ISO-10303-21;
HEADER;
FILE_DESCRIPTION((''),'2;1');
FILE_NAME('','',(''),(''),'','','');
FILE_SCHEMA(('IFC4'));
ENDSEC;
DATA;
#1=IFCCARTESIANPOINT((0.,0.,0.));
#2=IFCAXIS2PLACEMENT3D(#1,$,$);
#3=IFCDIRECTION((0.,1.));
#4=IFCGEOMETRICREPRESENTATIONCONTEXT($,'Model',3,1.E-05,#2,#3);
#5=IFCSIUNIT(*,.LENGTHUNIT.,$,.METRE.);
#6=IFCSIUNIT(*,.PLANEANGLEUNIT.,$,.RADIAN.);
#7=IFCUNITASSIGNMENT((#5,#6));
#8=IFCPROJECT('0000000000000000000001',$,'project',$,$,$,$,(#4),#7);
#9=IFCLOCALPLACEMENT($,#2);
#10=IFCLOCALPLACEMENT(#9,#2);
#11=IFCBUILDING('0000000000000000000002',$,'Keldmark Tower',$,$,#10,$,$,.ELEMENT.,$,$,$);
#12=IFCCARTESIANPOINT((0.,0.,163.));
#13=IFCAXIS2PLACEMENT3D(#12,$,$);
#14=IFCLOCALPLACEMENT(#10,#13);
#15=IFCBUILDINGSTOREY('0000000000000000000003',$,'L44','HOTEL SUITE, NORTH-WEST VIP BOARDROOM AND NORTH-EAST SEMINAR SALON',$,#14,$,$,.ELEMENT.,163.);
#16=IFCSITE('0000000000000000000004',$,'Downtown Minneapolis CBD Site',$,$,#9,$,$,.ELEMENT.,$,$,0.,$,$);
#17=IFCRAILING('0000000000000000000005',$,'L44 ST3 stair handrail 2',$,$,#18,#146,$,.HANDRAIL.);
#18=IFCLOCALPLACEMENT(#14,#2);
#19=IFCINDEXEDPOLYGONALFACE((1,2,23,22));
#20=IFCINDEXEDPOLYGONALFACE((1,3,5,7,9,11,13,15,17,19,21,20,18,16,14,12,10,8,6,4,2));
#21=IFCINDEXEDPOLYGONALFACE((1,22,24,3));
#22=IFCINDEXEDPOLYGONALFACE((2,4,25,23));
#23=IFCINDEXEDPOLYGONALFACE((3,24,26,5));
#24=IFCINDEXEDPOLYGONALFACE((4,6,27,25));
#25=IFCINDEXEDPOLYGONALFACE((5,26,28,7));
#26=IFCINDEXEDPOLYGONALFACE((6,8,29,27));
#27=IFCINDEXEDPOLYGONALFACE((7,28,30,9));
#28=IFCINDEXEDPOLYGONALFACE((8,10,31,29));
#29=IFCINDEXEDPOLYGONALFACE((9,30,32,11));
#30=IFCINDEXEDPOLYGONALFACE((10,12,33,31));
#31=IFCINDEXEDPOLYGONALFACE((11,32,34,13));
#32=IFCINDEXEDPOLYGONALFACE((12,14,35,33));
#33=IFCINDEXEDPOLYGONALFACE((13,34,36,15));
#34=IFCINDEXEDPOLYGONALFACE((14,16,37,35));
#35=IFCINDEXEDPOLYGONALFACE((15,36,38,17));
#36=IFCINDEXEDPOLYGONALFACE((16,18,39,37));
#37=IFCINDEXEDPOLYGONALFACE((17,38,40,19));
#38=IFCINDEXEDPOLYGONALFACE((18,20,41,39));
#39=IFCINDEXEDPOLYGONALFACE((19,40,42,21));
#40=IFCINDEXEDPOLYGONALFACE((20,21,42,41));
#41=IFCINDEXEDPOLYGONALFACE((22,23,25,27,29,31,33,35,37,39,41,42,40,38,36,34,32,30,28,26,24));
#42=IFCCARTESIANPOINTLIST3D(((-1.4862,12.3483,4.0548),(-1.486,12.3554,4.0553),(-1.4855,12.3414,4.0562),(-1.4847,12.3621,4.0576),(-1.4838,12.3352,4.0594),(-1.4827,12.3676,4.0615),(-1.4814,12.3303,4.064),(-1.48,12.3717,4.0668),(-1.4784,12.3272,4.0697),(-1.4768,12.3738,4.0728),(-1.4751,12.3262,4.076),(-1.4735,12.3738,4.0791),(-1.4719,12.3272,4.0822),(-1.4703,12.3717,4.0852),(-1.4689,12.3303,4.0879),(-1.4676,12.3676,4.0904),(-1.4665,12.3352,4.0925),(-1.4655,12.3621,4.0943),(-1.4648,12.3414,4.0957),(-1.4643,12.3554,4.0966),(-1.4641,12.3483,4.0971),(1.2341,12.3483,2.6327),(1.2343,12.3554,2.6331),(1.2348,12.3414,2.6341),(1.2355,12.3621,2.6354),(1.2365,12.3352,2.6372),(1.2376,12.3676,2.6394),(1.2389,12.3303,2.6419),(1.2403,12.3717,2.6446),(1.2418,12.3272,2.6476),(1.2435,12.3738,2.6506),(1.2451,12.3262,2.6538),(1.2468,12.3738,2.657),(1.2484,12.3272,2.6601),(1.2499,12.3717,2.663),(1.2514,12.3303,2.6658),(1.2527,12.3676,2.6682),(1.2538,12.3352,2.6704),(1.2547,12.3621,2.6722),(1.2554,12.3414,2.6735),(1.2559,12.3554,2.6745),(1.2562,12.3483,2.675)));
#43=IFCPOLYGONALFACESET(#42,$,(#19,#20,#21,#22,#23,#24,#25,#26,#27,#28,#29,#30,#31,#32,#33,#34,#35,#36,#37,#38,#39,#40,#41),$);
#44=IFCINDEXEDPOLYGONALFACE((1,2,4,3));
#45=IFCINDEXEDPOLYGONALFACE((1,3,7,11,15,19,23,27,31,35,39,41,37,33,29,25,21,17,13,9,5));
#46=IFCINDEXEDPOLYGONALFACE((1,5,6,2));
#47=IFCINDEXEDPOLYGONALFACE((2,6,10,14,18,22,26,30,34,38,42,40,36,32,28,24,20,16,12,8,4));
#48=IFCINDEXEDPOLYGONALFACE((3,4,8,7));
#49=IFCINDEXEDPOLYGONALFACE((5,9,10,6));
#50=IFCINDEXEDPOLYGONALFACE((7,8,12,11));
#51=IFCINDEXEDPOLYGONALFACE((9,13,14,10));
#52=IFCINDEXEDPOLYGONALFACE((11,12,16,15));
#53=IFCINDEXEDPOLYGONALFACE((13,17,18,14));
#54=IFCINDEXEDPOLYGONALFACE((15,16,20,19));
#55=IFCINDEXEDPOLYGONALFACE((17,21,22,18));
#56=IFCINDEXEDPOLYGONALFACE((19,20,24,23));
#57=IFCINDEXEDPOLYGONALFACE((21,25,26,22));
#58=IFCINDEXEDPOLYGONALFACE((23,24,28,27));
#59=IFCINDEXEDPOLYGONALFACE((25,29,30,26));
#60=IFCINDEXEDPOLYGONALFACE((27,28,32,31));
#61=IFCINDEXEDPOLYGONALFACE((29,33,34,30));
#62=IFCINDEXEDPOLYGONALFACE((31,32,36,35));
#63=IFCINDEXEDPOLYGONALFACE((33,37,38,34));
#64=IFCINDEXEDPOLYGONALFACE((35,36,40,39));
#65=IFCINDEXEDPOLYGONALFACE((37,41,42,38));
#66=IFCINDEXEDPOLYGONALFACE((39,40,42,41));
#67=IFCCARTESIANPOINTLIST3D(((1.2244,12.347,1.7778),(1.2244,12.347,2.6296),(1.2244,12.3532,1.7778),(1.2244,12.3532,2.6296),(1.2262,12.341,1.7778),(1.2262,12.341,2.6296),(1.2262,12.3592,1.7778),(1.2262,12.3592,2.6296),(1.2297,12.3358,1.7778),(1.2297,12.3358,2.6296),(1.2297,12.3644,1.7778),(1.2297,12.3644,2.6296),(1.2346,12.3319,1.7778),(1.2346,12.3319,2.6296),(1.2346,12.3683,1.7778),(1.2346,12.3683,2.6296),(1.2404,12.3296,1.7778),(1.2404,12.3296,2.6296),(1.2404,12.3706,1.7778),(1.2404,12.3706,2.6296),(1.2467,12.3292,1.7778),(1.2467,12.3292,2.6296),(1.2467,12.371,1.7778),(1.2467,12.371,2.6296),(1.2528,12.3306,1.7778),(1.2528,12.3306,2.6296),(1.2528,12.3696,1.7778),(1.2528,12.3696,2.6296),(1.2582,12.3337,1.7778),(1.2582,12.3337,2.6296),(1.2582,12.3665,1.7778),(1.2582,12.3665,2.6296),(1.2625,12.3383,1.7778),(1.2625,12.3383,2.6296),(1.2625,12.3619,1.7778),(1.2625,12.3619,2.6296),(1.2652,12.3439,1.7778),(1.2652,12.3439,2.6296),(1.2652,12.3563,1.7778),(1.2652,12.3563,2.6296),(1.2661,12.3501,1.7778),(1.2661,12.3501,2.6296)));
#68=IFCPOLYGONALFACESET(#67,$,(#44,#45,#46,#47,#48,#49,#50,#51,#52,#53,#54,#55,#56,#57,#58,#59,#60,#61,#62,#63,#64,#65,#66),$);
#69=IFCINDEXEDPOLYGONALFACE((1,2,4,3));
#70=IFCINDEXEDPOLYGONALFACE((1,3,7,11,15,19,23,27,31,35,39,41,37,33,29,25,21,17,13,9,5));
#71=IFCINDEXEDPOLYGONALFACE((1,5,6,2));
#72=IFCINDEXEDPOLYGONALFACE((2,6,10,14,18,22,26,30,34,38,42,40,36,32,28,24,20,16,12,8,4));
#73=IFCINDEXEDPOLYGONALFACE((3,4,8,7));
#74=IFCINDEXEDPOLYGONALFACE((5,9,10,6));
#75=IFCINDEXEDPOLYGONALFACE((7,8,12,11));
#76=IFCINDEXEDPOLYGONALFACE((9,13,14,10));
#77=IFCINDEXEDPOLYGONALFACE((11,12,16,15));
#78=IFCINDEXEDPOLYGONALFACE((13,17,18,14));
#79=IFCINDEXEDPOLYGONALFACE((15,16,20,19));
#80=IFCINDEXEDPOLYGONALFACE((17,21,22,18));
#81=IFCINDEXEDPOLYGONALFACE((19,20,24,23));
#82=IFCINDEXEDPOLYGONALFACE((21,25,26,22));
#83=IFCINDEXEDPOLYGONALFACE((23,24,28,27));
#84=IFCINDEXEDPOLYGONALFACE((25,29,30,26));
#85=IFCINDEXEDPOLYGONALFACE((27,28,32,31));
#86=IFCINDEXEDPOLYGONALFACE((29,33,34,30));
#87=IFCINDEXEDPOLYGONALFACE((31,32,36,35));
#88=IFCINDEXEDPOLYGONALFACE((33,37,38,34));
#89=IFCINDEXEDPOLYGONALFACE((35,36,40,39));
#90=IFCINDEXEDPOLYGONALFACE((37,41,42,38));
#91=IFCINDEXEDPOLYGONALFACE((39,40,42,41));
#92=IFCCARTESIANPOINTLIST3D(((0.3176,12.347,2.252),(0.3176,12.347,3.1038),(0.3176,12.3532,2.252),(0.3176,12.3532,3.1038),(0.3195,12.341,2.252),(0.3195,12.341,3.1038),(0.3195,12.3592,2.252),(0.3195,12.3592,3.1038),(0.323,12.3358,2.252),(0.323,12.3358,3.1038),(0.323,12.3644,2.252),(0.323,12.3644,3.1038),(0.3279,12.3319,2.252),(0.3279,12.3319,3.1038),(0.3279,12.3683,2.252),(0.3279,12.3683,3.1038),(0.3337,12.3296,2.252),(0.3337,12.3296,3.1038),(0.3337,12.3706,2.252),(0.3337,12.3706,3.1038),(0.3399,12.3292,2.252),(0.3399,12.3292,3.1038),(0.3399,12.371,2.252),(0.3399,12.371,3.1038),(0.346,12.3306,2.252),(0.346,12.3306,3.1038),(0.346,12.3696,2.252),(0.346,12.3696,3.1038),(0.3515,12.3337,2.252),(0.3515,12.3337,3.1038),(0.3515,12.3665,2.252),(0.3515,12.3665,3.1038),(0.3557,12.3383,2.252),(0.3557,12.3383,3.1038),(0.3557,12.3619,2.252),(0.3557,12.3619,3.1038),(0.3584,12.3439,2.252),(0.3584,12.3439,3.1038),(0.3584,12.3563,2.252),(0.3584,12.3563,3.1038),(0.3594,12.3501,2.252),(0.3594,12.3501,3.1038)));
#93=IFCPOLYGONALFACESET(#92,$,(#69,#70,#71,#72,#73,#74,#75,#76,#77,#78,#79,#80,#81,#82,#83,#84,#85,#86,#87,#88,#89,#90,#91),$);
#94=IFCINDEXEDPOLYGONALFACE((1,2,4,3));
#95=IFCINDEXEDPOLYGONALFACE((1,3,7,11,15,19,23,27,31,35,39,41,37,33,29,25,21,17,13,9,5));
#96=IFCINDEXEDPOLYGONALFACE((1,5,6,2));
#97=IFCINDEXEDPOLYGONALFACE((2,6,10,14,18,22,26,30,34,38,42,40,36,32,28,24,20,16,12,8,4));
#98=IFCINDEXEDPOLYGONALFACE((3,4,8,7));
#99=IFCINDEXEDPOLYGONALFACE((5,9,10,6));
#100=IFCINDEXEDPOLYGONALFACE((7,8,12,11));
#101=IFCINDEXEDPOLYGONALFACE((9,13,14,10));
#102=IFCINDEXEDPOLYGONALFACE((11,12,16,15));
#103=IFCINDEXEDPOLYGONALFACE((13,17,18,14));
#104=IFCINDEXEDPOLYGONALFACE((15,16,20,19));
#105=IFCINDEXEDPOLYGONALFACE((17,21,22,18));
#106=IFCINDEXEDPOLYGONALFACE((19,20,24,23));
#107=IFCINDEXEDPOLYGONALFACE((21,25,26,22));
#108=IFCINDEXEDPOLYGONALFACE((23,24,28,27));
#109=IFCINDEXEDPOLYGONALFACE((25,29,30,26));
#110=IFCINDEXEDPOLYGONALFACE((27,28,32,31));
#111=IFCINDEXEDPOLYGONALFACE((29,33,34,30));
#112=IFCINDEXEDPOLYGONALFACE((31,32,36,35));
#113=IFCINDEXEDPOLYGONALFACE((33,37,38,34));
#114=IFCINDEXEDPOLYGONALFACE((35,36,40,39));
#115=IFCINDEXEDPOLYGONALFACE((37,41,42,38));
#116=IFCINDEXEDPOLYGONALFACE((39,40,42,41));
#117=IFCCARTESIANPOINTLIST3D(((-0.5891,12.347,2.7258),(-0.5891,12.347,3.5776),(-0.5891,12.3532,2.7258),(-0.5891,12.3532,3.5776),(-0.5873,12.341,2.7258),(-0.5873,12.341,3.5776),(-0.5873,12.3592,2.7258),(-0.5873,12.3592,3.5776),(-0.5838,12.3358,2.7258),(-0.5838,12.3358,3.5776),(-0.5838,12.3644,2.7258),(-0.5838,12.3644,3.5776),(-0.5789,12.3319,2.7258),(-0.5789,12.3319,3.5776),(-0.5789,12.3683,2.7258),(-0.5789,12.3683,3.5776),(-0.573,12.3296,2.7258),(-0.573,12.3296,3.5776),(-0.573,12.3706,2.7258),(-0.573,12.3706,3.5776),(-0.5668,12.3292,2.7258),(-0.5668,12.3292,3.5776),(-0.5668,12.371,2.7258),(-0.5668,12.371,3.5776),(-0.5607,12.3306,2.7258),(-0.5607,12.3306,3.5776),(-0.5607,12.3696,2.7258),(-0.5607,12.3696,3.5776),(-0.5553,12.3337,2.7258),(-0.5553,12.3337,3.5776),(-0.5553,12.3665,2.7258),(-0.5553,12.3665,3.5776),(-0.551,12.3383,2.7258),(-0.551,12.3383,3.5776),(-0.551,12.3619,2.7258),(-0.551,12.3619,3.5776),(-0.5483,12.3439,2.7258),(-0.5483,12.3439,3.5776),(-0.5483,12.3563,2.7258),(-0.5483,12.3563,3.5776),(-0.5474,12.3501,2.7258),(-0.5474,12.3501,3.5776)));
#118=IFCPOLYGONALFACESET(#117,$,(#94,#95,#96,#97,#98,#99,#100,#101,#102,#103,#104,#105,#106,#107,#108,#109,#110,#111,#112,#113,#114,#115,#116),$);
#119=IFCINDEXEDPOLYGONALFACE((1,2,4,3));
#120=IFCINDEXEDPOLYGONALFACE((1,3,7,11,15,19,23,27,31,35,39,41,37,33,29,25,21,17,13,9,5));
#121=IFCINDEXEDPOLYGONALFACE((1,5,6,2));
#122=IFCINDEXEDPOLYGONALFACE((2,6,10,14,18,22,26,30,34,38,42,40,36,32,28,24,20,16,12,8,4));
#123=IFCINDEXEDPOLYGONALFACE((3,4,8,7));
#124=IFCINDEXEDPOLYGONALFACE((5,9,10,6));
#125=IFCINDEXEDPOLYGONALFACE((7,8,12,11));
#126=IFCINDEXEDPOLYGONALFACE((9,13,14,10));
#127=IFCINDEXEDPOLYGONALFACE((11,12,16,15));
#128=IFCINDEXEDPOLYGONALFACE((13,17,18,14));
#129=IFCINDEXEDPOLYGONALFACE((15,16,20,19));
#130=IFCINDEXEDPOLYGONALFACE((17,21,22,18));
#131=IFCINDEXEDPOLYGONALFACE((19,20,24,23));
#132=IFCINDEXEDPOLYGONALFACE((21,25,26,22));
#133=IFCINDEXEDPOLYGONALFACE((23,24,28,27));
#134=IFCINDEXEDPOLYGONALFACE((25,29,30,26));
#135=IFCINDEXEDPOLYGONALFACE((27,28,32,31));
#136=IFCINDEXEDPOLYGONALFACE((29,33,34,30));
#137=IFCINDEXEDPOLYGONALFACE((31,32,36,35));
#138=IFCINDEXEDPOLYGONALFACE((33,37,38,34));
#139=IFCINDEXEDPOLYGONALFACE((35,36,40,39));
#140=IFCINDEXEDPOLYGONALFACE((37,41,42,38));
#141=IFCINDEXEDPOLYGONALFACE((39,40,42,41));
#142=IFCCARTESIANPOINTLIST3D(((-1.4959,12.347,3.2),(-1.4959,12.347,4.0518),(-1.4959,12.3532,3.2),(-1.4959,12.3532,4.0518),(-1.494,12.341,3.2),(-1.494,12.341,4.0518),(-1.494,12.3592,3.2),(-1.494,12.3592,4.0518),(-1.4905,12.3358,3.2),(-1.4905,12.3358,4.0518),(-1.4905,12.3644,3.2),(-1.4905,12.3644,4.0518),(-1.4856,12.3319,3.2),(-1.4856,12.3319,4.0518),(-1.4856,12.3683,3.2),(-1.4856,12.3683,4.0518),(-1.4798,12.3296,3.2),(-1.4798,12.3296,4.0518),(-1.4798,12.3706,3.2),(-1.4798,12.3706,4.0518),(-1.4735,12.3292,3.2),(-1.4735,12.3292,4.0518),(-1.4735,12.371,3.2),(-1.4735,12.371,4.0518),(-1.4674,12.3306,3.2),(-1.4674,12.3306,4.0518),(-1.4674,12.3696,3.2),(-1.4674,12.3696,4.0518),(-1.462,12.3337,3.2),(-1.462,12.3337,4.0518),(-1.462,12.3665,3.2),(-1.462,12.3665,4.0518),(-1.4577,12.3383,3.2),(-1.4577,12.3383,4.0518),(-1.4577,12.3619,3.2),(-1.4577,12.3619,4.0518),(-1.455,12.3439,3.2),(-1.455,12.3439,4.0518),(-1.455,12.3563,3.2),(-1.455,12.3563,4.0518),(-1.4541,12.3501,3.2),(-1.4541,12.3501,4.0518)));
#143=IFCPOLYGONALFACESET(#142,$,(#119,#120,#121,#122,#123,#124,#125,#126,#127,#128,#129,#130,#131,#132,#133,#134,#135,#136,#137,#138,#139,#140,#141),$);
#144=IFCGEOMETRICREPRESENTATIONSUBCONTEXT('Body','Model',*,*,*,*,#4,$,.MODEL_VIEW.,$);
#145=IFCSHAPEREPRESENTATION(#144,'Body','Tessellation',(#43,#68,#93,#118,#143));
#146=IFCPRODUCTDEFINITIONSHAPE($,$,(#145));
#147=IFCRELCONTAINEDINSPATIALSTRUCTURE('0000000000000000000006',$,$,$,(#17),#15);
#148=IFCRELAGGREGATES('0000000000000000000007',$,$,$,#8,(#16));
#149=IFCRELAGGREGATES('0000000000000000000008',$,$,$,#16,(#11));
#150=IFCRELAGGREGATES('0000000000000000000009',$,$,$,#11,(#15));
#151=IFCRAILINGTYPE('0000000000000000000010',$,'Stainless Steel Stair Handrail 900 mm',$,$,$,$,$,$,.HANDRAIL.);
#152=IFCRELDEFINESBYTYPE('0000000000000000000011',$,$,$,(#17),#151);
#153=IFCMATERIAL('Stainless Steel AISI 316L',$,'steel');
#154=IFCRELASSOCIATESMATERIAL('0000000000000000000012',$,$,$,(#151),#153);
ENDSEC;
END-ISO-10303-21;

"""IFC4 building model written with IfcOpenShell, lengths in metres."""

from ifc_helpers import new_model, si_unit, direction, frame, origin, origin_2d, place, context, subcontext, project, spatial, circle, extrude, material, type_object, element, save


model = new_model("IFC4")

# Units and contexts
model_context = context("Model", 3, precision=1e-05, world=origin(), true_north=direction((0.0, 1.0)))
body_context = subcontext(model_context, "Body", "Model", "MODEL_VIEW")
ifc_project = project(units=[si_unit("LENGTHUNIT", "METRE"), si_unit("PLANEANGLEUNIT", "RADIAN")], contexts=[model_context])

# Site, building, storey
site_placement = place(None, origin())
site = spatial("IfcSite", under=ifc_project, at=site_placement, Name="Downtown Minneapolis CBD Site", CompositionType="ELEMENT", RefElevation=0.0)
building_placement = place(site_placement, origin())
building = spatial("IfcBuilding", under=site, at=building_placement, Name="Keldmark Tower", CompositionType="ELEMENT")
storey_placement = place(building_placement, frame((0.0, 0.0, 163.0)))
storey = spatial("IfcBuildingStorey", under=building, at=storey_placement, Name="L44", Description="HOTEL SUITE, NORTH-WEST VIP BOARDROOM AND NORTH-EAST SEMINAR SALON", CompositionType="ELEMENT", Elevation=163.0)

# Railing
ifc_material_1 = material(Name="Stainless Steel AISI 316L", Category="steel")
railing_type_1 = type_object("IfcRailingType", Name="Stainless Steel Stair Handrail 900 mm", PredefinedType="HANDRAIL", material=ifc_material_1)
railing_1_placement = place(storey_placement, frame((1.2451, 12.3501, 1.7778)))
element("IfcRailing", 1, at=railing_1_placement, inside=storey, type_object=railing_type_1, Name="L44 ST3 stair handrail 2", PredefinedType="HANDRAIL", context=body_context, shape_type="SweptSolid", body=[
    extrude(circle(Radius=0.0239, at=origin_2d()), frame((0.0, 0.0, 0.876), z_axis=(-0.8862, 0.0, 0.463302), x_axis=(0.0, -1.0, 0.0)), (0.0, 0.0, 1.0), 3.0696),
    extrude(circle(Radius=0.021, at=origin_2d()), origin(), (0.0, 0.0, 1.0), 0.8518),
    extrude(circle(Radius=0.021, at=origin_2d()), frame((-0.9067, 0.0, 0.4741)), (0.0, 0.0, 1.0), 0.8518),
    extrude(circle(Radius=0.021, at=origin_2d()), frame((-1.8135, 0.0, 0.948)), (0.0, 0.0, 1.0), 0.8518),
    extrude(circle(Radius=0.021, at=origin_2d()), frame((-2.7202, 0.0, 1.4221)), (0.0, 0.0, 1.0), 0.8518),
])

save(model, "model.ifc")
